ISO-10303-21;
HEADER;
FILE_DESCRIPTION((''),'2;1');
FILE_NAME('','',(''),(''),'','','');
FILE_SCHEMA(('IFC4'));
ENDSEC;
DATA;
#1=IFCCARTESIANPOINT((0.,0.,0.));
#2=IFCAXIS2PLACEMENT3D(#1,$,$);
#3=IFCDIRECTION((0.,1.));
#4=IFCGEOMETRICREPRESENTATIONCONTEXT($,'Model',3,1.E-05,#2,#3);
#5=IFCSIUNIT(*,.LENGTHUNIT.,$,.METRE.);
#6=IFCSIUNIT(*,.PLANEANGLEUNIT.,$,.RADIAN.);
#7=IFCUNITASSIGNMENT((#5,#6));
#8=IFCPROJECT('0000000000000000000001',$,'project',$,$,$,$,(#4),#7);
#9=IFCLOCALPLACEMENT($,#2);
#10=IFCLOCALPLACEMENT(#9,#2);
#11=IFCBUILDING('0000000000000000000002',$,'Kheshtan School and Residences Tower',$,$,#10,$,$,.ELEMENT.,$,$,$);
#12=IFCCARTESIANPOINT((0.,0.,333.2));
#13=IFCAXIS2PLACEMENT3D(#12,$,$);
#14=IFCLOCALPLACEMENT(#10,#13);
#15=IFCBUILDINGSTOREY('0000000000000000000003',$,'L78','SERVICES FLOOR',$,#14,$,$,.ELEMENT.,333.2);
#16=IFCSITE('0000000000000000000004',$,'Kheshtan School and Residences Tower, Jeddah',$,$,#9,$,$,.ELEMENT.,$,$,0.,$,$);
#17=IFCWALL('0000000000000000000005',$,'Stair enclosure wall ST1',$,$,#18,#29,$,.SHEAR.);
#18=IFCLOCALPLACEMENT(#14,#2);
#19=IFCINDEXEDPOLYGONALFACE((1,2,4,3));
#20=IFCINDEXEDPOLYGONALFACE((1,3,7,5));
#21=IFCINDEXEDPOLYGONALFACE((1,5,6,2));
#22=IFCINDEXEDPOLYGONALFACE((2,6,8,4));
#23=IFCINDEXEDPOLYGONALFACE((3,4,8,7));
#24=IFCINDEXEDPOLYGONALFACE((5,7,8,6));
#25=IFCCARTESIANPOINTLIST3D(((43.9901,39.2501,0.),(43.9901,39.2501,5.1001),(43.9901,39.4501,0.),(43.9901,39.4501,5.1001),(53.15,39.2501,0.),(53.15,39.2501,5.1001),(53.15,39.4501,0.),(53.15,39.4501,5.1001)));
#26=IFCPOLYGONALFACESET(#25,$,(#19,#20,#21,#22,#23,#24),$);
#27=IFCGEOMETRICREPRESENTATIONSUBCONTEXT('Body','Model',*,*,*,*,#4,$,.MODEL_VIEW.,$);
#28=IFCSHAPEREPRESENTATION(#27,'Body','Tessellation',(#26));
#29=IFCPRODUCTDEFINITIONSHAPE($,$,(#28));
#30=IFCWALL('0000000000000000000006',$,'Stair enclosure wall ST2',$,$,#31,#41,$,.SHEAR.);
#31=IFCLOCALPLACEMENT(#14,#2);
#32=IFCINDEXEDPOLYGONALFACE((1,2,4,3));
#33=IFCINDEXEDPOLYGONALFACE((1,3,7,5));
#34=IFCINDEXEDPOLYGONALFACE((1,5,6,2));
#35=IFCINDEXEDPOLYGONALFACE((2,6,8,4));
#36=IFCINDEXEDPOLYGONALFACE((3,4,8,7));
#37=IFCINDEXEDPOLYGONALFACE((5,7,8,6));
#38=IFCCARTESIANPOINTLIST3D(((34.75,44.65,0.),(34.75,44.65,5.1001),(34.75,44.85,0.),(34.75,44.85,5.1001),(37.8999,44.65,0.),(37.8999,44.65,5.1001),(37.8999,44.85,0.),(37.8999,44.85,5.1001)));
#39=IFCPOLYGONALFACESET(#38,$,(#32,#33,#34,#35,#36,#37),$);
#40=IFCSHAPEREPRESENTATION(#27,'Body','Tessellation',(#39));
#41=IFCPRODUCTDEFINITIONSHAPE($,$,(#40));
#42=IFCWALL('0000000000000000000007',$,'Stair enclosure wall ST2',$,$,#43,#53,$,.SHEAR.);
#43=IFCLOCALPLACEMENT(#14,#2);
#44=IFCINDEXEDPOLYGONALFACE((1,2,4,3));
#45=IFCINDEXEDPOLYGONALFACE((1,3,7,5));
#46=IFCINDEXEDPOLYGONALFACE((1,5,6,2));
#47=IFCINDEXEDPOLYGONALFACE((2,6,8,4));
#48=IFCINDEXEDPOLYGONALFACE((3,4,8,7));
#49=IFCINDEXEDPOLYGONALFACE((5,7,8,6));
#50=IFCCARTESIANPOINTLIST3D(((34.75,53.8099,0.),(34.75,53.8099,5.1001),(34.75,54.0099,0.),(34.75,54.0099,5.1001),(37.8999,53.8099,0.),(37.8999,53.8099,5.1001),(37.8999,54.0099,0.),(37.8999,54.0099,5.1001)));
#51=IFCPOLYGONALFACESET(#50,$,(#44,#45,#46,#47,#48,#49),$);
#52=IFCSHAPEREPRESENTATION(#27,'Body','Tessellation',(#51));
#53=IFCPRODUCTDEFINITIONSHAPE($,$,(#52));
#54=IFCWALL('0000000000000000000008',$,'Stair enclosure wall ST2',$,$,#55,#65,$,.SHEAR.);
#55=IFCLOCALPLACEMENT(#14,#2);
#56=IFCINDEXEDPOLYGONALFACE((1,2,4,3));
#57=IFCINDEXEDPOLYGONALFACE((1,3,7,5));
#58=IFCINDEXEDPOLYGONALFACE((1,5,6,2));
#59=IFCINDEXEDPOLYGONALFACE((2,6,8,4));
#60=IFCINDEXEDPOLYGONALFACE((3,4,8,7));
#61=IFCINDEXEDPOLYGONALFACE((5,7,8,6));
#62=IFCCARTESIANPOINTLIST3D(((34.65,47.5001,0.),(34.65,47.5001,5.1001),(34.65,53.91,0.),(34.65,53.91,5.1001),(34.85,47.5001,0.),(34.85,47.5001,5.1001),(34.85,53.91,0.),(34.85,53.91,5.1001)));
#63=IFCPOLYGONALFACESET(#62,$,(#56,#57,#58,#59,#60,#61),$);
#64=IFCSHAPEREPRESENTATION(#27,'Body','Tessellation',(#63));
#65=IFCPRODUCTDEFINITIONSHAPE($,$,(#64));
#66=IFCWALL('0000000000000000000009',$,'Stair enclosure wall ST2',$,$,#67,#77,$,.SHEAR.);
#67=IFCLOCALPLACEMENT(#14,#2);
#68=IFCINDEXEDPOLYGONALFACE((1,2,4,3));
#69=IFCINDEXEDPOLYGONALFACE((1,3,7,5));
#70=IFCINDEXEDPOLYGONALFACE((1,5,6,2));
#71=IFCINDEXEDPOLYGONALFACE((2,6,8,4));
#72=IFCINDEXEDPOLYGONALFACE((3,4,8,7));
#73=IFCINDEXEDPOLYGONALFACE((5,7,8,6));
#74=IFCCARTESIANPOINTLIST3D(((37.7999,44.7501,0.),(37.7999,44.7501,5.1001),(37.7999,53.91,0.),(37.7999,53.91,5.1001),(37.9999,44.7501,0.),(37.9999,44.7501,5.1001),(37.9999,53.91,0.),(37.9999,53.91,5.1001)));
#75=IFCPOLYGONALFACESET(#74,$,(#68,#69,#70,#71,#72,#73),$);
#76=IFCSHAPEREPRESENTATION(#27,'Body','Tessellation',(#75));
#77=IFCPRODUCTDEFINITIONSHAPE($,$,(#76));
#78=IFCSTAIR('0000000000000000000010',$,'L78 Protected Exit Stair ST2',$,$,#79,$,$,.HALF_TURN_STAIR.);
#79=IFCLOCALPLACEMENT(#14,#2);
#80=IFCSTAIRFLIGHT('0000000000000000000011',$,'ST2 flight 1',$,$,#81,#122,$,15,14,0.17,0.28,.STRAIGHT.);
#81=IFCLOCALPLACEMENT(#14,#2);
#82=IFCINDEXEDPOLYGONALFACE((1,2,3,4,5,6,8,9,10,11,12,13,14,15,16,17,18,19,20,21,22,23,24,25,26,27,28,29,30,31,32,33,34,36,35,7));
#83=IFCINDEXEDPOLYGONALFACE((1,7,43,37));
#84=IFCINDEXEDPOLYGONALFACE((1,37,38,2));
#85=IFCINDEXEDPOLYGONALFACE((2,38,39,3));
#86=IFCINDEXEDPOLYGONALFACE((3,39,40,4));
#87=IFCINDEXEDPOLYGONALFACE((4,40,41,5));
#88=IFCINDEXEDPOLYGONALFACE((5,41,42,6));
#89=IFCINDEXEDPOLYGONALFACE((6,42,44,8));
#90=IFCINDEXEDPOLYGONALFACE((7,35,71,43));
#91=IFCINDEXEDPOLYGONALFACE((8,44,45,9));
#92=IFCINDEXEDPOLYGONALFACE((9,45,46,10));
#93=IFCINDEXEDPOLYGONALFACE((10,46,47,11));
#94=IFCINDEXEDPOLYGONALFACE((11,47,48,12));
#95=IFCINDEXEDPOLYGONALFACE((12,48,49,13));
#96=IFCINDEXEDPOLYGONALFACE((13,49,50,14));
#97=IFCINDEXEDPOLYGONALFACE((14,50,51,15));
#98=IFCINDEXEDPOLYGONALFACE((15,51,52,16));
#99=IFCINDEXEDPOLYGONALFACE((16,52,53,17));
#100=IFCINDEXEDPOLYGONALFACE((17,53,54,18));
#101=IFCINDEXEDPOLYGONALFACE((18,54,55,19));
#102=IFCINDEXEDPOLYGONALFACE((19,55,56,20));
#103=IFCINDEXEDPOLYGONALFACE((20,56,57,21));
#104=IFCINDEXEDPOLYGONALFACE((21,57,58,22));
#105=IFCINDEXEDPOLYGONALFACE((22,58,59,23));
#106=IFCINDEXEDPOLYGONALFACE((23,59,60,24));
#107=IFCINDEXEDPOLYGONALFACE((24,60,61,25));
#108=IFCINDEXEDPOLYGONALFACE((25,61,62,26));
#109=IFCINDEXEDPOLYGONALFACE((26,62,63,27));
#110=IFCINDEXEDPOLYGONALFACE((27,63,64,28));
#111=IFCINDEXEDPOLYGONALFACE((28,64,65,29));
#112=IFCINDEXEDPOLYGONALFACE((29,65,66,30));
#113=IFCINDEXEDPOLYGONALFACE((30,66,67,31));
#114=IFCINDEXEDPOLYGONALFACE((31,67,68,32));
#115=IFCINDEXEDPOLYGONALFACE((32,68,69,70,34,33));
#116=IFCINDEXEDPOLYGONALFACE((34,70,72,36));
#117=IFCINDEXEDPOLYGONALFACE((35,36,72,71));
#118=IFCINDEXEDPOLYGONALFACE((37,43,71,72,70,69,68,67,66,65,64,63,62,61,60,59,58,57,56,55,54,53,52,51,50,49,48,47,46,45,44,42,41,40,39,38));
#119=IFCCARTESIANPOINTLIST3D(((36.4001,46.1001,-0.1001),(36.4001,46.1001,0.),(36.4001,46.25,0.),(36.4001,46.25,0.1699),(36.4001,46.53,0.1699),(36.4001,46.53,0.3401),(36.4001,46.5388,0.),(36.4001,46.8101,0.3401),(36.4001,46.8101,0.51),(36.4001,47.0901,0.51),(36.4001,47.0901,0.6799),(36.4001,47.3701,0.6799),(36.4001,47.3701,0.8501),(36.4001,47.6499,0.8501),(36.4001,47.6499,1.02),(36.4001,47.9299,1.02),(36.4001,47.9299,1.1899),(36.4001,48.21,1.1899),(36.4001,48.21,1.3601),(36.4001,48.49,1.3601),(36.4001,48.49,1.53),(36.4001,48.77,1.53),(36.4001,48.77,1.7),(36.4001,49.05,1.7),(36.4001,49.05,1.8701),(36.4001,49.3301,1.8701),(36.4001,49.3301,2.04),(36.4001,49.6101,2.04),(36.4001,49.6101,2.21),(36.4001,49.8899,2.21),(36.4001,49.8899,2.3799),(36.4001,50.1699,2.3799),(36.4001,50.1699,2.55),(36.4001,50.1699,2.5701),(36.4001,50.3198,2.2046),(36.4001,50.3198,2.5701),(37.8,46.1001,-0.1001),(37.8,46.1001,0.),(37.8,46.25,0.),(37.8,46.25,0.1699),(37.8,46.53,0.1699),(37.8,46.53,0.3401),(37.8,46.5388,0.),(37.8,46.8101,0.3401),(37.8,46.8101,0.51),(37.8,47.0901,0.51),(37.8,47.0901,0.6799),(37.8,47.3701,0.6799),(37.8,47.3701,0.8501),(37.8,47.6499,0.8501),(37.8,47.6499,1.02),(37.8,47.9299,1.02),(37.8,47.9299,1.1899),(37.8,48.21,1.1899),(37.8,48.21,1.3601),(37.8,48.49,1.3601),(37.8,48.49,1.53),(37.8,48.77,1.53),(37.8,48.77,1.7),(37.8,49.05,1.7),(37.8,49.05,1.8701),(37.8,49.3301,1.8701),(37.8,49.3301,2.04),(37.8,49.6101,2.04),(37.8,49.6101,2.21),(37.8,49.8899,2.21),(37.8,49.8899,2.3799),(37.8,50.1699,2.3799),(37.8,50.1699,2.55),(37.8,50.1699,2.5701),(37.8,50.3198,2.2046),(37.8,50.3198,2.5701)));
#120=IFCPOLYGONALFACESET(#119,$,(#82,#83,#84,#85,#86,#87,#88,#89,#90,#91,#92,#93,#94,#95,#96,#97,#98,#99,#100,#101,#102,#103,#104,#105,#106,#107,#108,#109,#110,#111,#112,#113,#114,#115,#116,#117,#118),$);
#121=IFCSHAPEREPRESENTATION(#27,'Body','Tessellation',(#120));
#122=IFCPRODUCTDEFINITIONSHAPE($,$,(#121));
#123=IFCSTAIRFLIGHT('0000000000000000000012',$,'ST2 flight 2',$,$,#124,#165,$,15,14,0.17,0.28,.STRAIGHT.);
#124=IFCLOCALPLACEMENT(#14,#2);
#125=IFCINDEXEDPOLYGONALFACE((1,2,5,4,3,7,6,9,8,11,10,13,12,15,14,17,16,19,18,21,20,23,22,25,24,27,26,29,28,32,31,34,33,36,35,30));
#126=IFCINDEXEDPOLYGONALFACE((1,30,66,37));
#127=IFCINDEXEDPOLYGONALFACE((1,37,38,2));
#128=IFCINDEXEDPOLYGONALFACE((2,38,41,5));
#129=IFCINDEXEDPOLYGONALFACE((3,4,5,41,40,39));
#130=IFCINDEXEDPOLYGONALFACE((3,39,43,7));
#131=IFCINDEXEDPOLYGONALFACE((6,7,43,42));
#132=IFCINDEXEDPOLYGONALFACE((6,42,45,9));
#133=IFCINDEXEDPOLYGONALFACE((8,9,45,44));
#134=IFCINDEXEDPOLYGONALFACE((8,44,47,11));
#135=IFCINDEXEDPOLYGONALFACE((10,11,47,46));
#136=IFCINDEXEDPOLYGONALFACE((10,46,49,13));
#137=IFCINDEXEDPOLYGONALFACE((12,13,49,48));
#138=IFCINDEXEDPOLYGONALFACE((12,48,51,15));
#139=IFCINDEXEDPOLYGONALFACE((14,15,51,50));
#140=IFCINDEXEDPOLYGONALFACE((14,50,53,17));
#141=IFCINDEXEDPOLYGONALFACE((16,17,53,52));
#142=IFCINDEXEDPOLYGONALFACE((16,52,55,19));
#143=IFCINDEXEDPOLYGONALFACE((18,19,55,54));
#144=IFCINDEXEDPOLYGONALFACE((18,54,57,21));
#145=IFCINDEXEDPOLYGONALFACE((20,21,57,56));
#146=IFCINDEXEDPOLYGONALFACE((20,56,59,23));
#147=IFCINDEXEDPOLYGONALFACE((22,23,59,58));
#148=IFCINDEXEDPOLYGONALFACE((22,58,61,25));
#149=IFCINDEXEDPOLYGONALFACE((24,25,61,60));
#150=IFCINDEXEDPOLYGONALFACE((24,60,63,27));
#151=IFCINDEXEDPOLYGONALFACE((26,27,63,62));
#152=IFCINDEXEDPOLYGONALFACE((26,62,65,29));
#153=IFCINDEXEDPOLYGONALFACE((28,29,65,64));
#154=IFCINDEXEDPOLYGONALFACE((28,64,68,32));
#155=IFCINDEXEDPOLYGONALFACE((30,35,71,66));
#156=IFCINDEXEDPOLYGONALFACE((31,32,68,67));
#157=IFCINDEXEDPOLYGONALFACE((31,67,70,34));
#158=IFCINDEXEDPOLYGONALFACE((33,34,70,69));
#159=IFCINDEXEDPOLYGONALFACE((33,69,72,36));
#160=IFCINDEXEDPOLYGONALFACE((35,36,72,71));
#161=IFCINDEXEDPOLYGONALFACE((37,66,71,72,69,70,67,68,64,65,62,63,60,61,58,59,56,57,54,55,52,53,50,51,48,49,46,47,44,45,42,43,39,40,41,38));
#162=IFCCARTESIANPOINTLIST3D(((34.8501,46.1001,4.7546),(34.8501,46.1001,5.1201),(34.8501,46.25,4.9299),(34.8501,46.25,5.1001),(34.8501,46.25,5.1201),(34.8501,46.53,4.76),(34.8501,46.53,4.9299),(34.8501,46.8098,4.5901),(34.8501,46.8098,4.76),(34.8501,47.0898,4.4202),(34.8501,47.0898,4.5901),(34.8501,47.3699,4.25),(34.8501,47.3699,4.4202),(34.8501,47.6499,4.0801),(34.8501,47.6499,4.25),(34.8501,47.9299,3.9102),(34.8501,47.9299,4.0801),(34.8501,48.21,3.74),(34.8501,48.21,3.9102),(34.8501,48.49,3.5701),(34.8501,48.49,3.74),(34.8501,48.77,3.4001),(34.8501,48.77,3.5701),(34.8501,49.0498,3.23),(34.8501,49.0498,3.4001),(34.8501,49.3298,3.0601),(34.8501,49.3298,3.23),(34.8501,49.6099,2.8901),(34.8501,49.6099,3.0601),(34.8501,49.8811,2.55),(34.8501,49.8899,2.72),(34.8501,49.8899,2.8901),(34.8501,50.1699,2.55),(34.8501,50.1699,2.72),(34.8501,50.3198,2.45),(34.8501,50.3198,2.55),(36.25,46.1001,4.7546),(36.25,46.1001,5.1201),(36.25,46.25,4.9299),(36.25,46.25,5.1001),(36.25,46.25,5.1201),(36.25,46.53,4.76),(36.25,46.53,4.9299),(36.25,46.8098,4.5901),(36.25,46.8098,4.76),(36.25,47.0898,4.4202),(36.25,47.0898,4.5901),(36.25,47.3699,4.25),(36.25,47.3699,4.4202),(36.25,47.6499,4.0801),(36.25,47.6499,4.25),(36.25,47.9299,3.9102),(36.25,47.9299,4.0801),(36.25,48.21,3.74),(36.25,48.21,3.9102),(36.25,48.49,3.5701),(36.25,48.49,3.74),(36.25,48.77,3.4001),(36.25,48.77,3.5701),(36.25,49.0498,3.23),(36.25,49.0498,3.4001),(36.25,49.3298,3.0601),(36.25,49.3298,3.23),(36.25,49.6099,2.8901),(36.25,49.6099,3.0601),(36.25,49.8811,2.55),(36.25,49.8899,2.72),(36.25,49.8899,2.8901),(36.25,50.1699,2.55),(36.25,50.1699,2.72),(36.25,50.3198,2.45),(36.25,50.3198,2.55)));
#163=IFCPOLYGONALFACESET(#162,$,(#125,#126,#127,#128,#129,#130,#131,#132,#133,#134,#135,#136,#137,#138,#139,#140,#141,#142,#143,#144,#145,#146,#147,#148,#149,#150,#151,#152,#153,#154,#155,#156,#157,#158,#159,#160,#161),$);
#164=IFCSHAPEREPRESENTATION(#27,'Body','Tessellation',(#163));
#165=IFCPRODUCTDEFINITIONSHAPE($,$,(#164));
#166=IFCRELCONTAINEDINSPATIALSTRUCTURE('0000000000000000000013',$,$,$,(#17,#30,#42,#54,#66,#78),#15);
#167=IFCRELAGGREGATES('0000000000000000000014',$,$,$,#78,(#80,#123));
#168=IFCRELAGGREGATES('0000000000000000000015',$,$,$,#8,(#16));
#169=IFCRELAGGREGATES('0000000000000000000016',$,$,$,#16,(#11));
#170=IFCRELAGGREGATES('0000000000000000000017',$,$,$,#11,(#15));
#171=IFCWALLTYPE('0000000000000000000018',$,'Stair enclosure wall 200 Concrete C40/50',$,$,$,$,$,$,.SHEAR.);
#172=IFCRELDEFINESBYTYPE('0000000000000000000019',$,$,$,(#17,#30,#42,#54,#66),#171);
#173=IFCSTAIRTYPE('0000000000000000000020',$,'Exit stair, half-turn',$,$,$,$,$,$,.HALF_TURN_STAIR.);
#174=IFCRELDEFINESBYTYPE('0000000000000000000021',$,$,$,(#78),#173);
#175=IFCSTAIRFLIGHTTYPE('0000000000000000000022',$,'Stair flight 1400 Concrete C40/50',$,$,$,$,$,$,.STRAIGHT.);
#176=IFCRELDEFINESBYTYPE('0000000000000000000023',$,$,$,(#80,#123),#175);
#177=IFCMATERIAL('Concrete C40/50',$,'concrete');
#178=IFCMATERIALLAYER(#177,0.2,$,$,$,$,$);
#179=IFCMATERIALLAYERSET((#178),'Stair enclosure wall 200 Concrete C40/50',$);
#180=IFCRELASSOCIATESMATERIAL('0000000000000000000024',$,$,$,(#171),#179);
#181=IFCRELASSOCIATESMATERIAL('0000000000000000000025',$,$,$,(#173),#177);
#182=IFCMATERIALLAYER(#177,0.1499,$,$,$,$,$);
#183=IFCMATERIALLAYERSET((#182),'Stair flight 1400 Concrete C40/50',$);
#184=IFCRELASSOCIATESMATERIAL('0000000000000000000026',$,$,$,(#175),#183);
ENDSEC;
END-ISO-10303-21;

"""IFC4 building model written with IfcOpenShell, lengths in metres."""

from ifc_helpers import new_model, si_unit, direction, frame, frame_2d, origin, place, context, subcontext, project, spatial, polyline, rectangle, outline, extrude, material, layer, layer_set, type_object, element, aggregate, save


model = new_model("IFC4")

# Units and contexts
model_context = context("Model", 3, precision=1e-05, world=origin(), true_north=direction((0.0, 1.0)))
body_context = subcontext(model_context, "Body", "Model", "MODEL_VIEW")
ifc_project = project(units=[si_unit("LENGTHUNIT", "METRE"), si_unit("PLANEANGLEUNIT", "RADIAN")], contexts=[model_context])

# Site, building, storey
site_placement = place(None, origin())
site = spatial("IfcSite", under=ifc_project, at=site_placement, Name="Kheshtan School and Residences Tower, Jeddah", CompositionType="ELEMENT", RefElevation=0.0)
building_placement = place(site_placement, origin())
building = spatial("IfcBuilding", under=site, at=building_placement, Name="Kheshtan School and Residences Tower", CompositionType="ELEMENT")
storey_placement = place(building_placement, frame((0.0, 0.0, 333.2)))
storey = spatial("IfcBuildingStorey", under=building, at=storey_placement, Name="L78", Description="SERVICES FLOOR", CompositionType="ELEMENT", Elevation=333.2)

# Walls
ifc_material_1 = material(Name="Concrete C40/50", Category="concrete")
ifc_layer_1 = layer(ifc_material_1, 0.2)
ifc_layer_set_1 = layer_set([ifc_layer_1], Name="Stair enclosure wall 200 Concrete C40/50")
wall_type_1 = type_object("IfcWallType", Name="Stair enclosure wall 200 Concrete C40/50", PredefinedType="SHEAR", material=ifc_layer_set_1)
wall_1_placement = place(storey_placement, frame((43.99, 39.3501, 0.0), z_axis=(0.0, 0.0, 1.0), x_axis=(1.0, 0.0, 0.0)))
element("IfcWall", 1, at=wall_1_placement, inside=storey, type_object=wall_type_1, Name="Stair enclosure wall ST1", PredefinedType="SHEAR", context=body_context, shape_type="SweptSolid", body=[
    extrude(rectangle(XDim=9.1599, YDim=0.2, at=frame_2d((4.5801, 0.0))), origin(), (0.0, 0.0, 1.0), 5.1001),
])
for number, where, z_axis, x_axis, name in (
    (2, (34.75, 44.75, 0.0), (0.0, 0.0, 1.0), (1.0, 0.0, 0.0), "Stair enclosure wall ST2"),
    (3, (34.75, 53.9099, 0.0), (0.0, 0.0, 1.0), (1.0, 0.0, 0.0), "Stair enclosure wall ST2"),
):
    element("IfcWall", number, at=place(storey_placement, frame(where, z_axis=z_axis, x_axis=x_axis)), inside=storey, type_object=wall_type_1, Name=name, PredefinedType="SHEAR", context=body_context, shape_type="SweptSolid", body=[
        extrude(rectangle(XDim=3.1499, YDim=0.2, at=frame_2d((1.575, 0.0))), origin(), (0.0, 0.0, 1.0), 5.1001),
    ])
wall_2_placement = place(storey_placement, frame((34.75, 47.5, 0.0), z_axis=(0.0, 0.0, 1.0), x_axis=(0.0, 1.0, 0.0)))
element("IfcWall", 4, at=wall_2_placement, inside=storey, type_object=wall_type_1, Name="Stair enclosure wall ST2", PredefinedType="SHEAR", context=body_context, shape_type="SweptSolid", body=[
    extrude(rectangle(XDim=6.4099, YDim=0.2, at=frame_2d((3.2051, 0.0))), origin(), (0.0, 0.0, 1.0), 5.1001),
])
wall_3_placement = place(storey_placement, frame((37.8999, 44.75, 0.0), z_axis=(0.0, 0.0, 1.0), x_axis=(0.0, 1.0, 0.0)))
element("IfcWall", 5, at=wall_3_placement, inside=storey, type_object=wall_type_1, Name="Stair enclosure wall ST2", PredefinedType="SHEAR", context=body_context, shape_type="SweptSolid", body=[
    extrude(rectangle(XDim=9.1599, YDim=0.2, at=frame_2d((4.5801, 0.0))), origin(), (0.0, 0.0, 1.0), 5.1001),
])

# Stair, stair flights
stair_type = type_object("IfcStairType", Name="Exit stair, half-turn", PredefinedType="HALF_TURN_STAIR", material=ifc_material_1)
stair_placement = place(storey_placement, origin())
stair = element("IfcStair", 6, at=stair_placement, inside=storey, type_object=stair_type, Name="L78 Protected Exit Stair ST2", PredefinedType="HALF_TURN_STAIR")
ifc_layer_2 = layer(ifc_material_1, 0.1499)
ifc_layer_set_2 = layer_set([ifc_layer_2], Name="Stair flight 1400 Concrete C40/50")
stair_flight_type = type_object("IfcStairFlightType", Name="Stair flight 1400 Concrete C40/50", PredefinedType="STRAIGHT", material=ifc_layer_set_2)
stair_flight_1_placement = place(storey_placement, frame((37.1001, 46.25, 0.0), z_axis=(0.0, 0.0, 1.0), x_axis=(0.0, 1.0, 0.0)))
stair_flight_1 = element("IfcStairFlight", 7, at=stair_flight_1_placement, type_object=stair_flight_type, Name="ST2 flight 1", NumberOfRisers=15, NumberOfTreads=14, PredefinedType="STRAIGHT", RiserHeight=0.17, TreadLength=0.28, context=body_context, shape_type="SweptSolid", body=[
    extrude(outline(polyline([(-0.1499, -0.1001), (-0.1499, 0.0), (0.0, 0.0), (0.0, 0.1699), (0.28, 0.1699), (0.28, 0.3401), (0.5601, 0.3401), (0.5601, 0.51), (0.8401, 0.51), (0.8401, 0.6799), (1.1201, 0.6799), (1.1201, 0.8501), (1.3999, 0.8501), (1.3999, 1.02), (1.6799, 1.02), (1.6799, 1.1899), (1.96, 1.1899), (1.96, 1.3601), (2.24, 1.3601), (2.24, 1.53), (2.52, 1.53), (2.52, 1.7), (2.8, 1.7), (2.8, 1.8701), (3.0801, 1.8701), (3.0801, 2.04), (3.3601, 2.04), (3.3601, 2.21), (3.6399, 2.21), (3.6399, 2.3799), (3.9199, 2.3799), (3.9199, 2.55), (3.9199, 2.5701), (4.0698, 2.5701), (4.0698, 2.2046), (0.2888, 0.0), (-0.1499, -0.1001)])), frame((0.0, 0.7, 0.0), z_axis=(0.0, -1.0, 0.0), x_axis=(1.0, 0.0, 0.0)), (0.0, 0.0, 1.0), 1.3999),
])
stair_flight_2_placement = place(storey_placement, frame((35.55, 50.1699, 2.55), z_axis=(0.0, 0.0, 1.0), x_axis=(0.0, -1.0, 0.0)))
stair_flight_2 = element("IfcStairFlight", 8, at=stair_flight_2_placement, type_object=stair_flight_type, Name="ST2 flight 2", NumberOfRisers=15, NumberOfTreads=14, PredefinedType="STRAIGHT", RiserHeight=0.17, TreadLength=0.28, context=body_context, shape_type="SweptSolid", body=[
    extrude(outline(polyline([(-0.1499, -0.1001), (-0.1499, 0.0), (0.0, 0.0), (0.0, 0.1699), (0.28, 0.1699), (0.28, 0.3401), (0.5601, 0.3401), (0.5601, 0.51), (0.8401, 0.51), (0.8401, 0.6799), (1.1201, 0.6799), (1.1201, 0.8501), (1.3999, 0.8501), (1.3999, 1.02), (1.6799, 1.02), (1.6799, 1.1899), (1.96, 1.1899), (1.96, 1.3601), (2.24, 1.3601), (2.24, 1.53), (2.52, 1.53), (2.52, 1.7), (2.8, 1.7), (2.8, 1.8701), (3.0801, 1.8701), (3.0801, 2.04), (3.3601, 2.04), (3.3601, 2.21), (3.6399, 2.21), (3.6399, 2.3799), (3.9199, 2.3799), (3.9199, 2.55), (3.9199, 2.5701), (4.0698, 2.5701), (4.0698, 2.2046), (0.2888, 0.0), (-0.1499, -0.1001)])), frame((0.0, 0.7, 0.0), z_axis=(0.0, -1.0, 0.0), x_axis=(1.0, 0.0, 0.0)), (0.0, 0.0, 1.0), 1.3999),
])
aggregate(stair, [stair_flight_1, stair_flight_2])

save(model, "model.ifc")
